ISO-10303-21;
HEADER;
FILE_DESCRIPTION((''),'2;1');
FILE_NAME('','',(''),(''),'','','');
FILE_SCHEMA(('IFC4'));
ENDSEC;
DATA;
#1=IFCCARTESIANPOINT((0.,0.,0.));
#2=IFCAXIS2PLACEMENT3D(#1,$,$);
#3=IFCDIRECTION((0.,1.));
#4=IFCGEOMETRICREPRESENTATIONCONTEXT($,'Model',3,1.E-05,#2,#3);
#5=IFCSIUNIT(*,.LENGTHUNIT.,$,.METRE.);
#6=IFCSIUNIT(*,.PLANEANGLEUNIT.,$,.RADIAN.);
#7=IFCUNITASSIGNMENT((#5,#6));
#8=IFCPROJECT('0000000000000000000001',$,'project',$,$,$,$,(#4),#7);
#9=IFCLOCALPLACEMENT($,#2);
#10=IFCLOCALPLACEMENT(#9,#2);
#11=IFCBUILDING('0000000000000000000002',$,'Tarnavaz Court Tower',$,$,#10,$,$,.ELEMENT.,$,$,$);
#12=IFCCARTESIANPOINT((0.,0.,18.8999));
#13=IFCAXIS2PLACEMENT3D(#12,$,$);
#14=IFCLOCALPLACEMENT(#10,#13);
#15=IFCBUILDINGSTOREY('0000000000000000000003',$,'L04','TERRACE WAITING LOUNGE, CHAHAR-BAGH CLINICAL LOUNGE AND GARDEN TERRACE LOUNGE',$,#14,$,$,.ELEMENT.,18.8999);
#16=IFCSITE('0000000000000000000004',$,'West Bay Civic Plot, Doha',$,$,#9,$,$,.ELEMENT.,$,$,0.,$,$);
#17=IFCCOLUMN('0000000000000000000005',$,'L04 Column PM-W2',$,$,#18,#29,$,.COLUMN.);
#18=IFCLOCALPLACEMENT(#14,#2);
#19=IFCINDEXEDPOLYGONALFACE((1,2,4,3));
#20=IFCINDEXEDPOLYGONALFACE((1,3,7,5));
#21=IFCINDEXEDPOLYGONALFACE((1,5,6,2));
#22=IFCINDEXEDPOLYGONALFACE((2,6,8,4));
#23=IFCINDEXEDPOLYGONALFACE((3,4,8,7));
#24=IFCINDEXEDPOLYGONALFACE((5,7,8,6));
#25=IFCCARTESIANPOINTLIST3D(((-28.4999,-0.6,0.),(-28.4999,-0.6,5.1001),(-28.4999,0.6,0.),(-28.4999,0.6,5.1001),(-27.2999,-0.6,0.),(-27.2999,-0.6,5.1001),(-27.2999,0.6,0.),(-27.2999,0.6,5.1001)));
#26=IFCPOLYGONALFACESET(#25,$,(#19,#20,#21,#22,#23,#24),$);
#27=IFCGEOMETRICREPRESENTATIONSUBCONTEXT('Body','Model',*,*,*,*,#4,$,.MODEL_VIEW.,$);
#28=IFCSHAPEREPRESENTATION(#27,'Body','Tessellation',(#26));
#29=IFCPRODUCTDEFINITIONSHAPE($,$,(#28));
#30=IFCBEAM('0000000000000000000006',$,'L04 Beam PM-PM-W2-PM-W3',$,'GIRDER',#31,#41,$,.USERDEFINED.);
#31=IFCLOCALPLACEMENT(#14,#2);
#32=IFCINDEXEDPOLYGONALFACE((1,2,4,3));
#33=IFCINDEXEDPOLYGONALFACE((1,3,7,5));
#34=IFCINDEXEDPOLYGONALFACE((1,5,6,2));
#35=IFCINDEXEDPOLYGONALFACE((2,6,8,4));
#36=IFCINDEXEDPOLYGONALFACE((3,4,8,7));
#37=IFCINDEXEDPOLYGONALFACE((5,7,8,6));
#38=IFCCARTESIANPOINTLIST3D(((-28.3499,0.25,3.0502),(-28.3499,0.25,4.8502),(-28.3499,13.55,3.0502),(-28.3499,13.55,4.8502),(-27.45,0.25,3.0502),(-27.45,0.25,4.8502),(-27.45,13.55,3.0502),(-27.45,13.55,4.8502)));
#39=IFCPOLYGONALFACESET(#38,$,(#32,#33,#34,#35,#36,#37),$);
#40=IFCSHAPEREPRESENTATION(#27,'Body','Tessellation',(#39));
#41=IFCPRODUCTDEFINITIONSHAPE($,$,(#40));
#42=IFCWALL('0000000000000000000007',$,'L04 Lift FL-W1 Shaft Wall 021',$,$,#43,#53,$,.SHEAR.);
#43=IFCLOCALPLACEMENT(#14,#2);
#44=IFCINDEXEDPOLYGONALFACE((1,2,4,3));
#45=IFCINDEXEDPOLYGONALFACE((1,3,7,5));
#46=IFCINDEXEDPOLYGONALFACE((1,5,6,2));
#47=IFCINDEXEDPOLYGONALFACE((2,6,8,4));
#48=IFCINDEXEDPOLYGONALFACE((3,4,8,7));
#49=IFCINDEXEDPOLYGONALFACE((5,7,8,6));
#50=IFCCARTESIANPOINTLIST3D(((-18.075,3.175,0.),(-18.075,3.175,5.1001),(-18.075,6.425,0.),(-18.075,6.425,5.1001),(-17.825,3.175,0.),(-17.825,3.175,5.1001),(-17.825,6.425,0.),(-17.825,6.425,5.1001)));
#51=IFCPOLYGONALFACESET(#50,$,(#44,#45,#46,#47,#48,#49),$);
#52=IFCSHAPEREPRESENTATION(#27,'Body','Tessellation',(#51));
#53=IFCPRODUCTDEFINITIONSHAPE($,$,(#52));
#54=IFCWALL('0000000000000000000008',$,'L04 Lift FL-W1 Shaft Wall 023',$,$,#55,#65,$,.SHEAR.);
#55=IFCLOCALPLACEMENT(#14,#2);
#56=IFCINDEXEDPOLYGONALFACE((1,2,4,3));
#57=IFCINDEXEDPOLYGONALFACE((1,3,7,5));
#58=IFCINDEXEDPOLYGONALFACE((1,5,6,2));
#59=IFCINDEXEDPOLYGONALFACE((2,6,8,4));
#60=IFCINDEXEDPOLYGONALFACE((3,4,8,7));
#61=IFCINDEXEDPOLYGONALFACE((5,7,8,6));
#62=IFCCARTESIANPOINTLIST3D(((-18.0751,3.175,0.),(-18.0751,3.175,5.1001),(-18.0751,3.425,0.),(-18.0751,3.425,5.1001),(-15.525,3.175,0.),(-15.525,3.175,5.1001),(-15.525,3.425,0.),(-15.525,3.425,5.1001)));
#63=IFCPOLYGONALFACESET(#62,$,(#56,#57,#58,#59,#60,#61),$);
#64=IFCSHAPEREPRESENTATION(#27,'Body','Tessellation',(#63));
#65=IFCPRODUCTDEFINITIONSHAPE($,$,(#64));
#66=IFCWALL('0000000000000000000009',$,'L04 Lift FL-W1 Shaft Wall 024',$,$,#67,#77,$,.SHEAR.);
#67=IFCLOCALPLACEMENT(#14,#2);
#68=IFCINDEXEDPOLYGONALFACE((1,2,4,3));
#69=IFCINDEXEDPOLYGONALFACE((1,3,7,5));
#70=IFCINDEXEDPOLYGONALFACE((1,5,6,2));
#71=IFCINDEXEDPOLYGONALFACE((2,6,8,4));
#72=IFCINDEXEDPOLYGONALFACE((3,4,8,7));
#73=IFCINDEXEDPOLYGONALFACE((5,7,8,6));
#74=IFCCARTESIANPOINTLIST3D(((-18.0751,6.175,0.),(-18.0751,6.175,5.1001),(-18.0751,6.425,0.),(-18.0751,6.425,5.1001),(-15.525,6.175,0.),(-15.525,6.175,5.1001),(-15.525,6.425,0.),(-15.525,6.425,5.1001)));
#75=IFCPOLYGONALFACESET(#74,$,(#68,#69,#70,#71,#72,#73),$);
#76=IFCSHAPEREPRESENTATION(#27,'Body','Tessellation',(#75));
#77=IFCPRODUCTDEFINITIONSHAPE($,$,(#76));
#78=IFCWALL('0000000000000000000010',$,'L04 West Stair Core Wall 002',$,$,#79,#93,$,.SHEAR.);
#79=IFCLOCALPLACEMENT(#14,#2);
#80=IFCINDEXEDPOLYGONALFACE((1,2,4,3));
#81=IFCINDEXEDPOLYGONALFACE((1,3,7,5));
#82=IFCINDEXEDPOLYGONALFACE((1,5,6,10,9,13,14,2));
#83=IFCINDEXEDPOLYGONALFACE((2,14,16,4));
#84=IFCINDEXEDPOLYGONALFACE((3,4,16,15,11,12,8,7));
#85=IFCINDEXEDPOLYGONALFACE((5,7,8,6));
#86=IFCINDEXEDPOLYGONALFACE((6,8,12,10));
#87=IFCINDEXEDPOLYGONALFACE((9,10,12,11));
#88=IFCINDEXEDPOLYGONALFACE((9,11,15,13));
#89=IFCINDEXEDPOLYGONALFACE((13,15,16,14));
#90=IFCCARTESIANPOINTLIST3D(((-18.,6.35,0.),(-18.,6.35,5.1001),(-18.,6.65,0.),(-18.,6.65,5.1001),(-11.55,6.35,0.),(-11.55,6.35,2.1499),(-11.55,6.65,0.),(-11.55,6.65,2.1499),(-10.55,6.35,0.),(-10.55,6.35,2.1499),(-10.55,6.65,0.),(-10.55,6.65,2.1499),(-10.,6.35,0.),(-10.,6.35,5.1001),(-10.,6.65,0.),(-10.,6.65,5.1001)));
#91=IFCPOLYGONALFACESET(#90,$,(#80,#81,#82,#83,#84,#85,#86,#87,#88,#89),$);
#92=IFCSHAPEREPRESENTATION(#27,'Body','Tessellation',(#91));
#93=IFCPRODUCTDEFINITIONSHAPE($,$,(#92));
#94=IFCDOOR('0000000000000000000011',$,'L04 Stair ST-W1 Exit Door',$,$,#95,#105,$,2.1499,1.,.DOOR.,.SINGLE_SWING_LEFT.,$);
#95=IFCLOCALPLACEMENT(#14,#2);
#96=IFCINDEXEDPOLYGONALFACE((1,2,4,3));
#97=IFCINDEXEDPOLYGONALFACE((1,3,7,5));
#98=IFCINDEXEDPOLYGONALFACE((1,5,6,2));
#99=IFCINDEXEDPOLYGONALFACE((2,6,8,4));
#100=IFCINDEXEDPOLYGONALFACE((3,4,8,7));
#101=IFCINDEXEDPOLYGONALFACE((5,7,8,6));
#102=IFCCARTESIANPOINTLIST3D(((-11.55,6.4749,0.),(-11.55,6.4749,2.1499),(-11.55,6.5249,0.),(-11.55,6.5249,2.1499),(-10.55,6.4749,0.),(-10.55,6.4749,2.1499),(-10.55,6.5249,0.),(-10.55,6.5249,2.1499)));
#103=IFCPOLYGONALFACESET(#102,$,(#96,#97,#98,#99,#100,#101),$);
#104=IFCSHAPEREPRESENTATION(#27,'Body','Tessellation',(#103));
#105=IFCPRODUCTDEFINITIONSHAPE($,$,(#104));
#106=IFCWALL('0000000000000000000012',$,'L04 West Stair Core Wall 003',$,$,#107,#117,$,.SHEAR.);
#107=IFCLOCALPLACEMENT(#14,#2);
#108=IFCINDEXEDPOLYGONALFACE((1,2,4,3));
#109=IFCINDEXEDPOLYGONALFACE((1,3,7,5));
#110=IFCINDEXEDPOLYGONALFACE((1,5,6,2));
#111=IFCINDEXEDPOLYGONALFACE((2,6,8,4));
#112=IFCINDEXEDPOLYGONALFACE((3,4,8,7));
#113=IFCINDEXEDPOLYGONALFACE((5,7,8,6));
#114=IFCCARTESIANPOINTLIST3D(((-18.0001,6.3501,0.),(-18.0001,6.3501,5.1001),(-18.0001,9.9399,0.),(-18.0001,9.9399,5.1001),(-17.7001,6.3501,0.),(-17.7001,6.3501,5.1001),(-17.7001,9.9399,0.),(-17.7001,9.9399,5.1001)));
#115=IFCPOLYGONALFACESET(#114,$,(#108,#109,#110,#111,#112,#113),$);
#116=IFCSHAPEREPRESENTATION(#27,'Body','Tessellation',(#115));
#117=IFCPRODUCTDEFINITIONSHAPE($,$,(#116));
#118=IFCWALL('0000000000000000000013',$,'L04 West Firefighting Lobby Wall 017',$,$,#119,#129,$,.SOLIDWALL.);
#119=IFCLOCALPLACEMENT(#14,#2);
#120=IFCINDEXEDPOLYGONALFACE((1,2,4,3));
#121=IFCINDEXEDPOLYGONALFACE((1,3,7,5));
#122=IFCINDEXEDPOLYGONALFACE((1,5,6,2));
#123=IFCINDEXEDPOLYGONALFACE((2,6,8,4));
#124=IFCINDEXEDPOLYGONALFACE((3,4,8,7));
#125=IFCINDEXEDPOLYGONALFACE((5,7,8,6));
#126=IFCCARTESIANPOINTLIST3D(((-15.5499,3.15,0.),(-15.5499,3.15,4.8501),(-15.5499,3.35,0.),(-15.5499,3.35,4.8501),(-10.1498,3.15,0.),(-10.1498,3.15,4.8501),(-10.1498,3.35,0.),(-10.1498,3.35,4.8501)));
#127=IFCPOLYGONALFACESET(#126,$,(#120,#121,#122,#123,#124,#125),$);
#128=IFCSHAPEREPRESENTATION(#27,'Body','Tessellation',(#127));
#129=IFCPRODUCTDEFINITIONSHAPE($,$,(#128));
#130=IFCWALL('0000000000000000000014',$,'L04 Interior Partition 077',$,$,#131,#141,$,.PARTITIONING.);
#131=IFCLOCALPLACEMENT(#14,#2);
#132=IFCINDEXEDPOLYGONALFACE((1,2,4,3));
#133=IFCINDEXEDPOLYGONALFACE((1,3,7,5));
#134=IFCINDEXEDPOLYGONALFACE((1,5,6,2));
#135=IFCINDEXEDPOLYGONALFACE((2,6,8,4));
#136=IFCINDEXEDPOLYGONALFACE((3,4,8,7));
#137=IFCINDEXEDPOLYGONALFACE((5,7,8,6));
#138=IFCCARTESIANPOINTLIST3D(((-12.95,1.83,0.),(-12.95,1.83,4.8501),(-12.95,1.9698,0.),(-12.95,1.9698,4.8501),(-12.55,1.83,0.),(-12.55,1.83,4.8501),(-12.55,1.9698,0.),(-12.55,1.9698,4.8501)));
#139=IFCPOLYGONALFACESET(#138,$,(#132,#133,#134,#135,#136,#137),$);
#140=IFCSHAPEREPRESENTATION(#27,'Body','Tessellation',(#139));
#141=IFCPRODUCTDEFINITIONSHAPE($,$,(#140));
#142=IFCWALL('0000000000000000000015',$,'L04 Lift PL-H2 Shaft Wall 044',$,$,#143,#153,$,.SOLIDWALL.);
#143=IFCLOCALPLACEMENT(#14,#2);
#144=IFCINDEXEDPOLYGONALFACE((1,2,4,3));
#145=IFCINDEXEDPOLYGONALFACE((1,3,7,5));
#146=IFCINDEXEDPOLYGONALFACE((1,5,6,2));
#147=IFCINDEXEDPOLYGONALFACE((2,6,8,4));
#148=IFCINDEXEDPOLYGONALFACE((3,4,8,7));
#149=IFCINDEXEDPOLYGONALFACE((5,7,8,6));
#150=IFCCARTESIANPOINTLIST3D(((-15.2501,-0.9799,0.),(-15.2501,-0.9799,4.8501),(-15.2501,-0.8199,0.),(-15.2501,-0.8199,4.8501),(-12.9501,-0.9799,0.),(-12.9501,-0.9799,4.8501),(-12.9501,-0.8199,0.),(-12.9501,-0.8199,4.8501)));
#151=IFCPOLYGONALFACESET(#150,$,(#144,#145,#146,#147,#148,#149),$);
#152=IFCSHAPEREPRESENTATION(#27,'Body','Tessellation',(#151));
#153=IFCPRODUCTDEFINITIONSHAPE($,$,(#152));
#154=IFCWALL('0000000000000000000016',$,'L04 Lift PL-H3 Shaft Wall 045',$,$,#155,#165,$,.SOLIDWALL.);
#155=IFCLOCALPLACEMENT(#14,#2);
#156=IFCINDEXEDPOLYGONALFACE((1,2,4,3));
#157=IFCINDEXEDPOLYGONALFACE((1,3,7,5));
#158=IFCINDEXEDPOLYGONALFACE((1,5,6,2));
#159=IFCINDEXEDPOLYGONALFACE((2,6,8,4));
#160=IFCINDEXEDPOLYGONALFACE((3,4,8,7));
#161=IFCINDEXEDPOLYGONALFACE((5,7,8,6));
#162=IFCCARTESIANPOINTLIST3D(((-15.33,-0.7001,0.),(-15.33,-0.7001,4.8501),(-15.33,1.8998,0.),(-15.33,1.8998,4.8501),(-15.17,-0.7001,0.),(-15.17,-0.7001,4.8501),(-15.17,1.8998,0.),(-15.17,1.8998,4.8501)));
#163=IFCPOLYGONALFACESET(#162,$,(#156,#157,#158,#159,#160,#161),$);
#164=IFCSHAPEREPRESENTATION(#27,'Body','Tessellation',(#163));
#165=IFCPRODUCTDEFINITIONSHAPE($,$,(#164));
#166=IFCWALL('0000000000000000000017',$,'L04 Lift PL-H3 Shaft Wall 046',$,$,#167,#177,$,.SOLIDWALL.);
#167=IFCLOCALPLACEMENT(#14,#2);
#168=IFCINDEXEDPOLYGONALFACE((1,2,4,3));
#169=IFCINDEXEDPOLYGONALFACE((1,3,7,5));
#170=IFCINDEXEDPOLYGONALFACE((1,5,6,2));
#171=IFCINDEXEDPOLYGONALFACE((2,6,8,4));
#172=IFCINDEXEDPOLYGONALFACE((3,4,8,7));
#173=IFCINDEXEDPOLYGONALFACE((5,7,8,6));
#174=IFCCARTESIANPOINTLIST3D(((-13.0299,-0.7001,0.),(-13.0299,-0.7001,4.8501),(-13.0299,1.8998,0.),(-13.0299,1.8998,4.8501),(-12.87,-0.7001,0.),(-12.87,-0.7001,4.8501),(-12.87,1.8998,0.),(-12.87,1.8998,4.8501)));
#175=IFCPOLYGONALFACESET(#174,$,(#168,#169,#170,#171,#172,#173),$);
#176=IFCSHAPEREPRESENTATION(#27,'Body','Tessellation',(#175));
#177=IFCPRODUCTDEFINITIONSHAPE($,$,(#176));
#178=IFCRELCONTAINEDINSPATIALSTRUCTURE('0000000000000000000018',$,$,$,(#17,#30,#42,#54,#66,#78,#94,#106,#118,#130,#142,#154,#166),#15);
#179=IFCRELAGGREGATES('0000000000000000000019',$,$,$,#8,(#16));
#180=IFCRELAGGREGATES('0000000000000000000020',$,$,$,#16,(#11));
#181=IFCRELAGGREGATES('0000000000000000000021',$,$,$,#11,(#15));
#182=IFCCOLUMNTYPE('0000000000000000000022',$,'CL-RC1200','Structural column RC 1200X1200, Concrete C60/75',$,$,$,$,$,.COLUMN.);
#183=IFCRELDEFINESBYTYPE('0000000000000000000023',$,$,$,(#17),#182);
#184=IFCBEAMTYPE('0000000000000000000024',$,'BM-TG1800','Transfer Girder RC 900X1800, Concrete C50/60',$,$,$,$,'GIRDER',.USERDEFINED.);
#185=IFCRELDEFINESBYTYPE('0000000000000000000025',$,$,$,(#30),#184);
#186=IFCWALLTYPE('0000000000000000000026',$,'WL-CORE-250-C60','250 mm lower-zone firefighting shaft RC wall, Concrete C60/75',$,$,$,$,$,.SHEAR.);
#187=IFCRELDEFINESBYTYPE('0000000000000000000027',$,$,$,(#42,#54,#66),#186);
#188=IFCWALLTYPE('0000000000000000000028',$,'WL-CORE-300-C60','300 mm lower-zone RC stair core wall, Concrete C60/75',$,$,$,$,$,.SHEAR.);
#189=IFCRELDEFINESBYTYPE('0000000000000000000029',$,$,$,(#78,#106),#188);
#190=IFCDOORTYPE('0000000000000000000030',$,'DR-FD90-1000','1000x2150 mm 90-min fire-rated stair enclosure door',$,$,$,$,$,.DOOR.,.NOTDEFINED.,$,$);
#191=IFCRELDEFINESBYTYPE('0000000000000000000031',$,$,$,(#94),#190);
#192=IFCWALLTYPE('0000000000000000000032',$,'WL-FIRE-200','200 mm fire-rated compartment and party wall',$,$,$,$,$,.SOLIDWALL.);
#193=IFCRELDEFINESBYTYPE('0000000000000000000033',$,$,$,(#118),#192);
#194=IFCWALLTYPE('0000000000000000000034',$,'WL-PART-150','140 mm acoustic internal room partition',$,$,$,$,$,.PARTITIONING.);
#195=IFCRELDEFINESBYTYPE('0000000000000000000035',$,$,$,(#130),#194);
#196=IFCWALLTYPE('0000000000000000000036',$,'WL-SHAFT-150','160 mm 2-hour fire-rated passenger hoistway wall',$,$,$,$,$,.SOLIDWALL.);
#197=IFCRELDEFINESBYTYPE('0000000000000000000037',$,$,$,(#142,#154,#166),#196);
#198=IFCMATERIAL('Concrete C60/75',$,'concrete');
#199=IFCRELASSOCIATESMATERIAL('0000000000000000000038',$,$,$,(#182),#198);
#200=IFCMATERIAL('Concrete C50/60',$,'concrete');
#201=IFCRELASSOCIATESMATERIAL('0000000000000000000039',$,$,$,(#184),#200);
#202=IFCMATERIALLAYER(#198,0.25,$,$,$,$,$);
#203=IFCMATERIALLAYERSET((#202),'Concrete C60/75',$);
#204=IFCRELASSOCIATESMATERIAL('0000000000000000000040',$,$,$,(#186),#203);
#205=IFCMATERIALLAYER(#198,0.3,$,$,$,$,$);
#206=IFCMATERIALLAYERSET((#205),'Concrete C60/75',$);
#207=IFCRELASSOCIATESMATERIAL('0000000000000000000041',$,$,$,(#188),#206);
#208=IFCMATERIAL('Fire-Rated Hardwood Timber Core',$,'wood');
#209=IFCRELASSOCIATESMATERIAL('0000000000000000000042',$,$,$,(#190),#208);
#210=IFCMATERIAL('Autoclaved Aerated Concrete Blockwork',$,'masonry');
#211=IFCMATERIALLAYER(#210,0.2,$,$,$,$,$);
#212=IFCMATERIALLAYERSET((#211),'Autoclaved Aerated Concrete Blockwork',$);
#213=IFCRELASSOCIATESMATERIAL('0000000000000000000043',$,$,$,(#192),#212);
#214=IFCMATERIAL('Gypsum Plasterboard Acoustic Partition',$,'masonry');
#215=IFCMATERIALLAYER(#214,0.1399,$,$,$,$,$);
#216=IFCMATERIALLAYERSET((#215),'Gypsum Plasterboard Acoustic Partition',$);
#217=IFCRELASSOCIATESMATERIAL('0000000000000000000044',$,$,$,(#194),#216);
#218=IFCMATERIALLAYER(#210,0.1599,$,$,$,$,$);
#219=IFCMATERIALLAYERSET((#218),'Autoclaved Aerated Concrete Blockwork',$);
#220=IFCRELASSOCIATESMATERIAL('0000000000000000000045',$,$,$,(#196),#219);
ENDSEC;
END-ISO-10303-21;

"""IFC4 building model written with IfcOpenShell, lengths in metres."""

from ifc_helpers import new_model, si_unit, direction, frame, frame_2d, origin, origin_2d, place, context, subcontext, project, spatial, rectangle, extrude, material, layer, layer_set, material_profile, profile_set, type_object, element, fill, save


model = new_model("IFC4")

# Units and contexts
model_context = context("Model", 3, precision=1e-05, world=origin(), true_north=direction((0.0, 1.0)))
body_context = subcontext(model_context, "Body", "Model", "MODEL_VIEW")
ifc_project = project(units=[si_unit("LENGTHUNIT", "METRE"), si_unit("PLANEANGLEUNIT", "RADIAN")], contexts=[model_context])

# Site, building, storey
site_placement = place(None, origin())
site = spatial("IfcSite", under=ifc_project, at=site_placement, Name="West Bay Civic Plot, Doha", CompositionType="ELEMENT", RefElevation=0.0)
building_placement = place(site_placement, origin())
building = spatial("IfcBuilding", under=site, at=building_placement, Name="Tarnavaz Court Tower", CompositionType="ELEMENT")
storey_placement = place(building_placement, frame((0.0, 0.0, 18.8999)))
storey = spatial("IfcBuildingStorey", under=building, at=storey_placement, Name="L04", Description="TERRACE WAITING LOUNGE, CHAHAR-BAGH CLINICAL LOUNGE AND GARDEN TERRACE LOUNGE", CompositionType="ELEMENT", Elevation=18.8999)

# Column
ifc_material_1 = material(Name="Concrete C60/75", Category="concrete")
ifc_material_profile_1 = material_profile(ifc_material_1, rectangle(XDim=1.2, YDim=1.2, at=origin_2d()), Name="RC 1200X1200")
ifc_profile_set_1 = profile_set([ifc_material_profile_1], Name="Concrete C60/75")
column_type = type_object("IfcColumnType", Name="CL-RC1200", Description="Structural column RC 1200X1200, Concrete C60/75", PredefinedType="COLUMN", material=ifc_profile_set_1)
column_placement = place(storey_placement, frame((-27.8999, 0.0, 0.0), z_axis=(0.0, 0.0, 1.0), x_axis=(1.0, 0.0, 0.0)))
element("IfcColumn", 1, at=column_placement, inside=storey, type_object=column_type, Name="L04 Column PM-W2", PredefinedType="COLUMN", context=body_context, shape_type="SweptSolid", body=[
    extrude(rectangle(XDim=1.2, YDim=1.2, at=origin_2d()), origin(), (0.0, 0.0, 1.0), 5.1001),
])

# Beam
ifc_material_2 = material(Name="Concrete C50/60", Category="concrete")
ifc_material_profile_2 = material_profile(ifc_material_2, rectangle(XDim=0.8999, YDim=1.8, at=origin_2d()), Name="RC 900X1800")
ifc_profile_set_2 = profile_set([ifc_material_profile_2], Name="Concrete C50/60")
beam_type = type_object("IfcBeamType", Name="BM-TG1800", Description="Transfer Girder RC 900X1800, Concrete C50/60", ElementType="GIRDER", PredefinedType="USERDEFINED", material=ifc_profile_set_2)
beam_placement = place(storey_placement, frame((-27.8999, 0.25, 3.9502), z_axis=(0.0, 1.0, 0.0), x_axis=(-1.0, 0.0, 0.0)))
element("IfcBeam", 2, at=beam_placement, inside=storey, type_object=beam_type, Name="L04 Beam PM-PM-W2-PM-W3", ObjectType="GIRDER", PredefinedType="USERDEFINED", context=body_context, shape_type="SweptSolid", body=[
    extrude(rectangle(XDim=0.8999, YDim=1.8, at=origin_2d()), origin(), (0.0, 0.0, 1.0), 13.3),
])

# Wall
ifc_layer_1 = layer(ifc_material_1, 0.25)
ifc_layer_set_1 = layer_set([ifc_layer_1], Name="Concrete C60/75")
wall_type_1 = type_object("IfcWallType", Name="WL-CORE-250-C60", Description="250 mm lower-zone firefighting shaft RC wall, Concrete C60/75", PredefinedType="SHEAR", material=ifc_layer_set_1)
wall_1_placement = place(storey_placement, frame((-17.95, 3.175, 0.0), z_axis=(0.0, 0.0, 1.0), x_axis=(0.0, 1.0, 0.0)))
element("IfcWall", 3, at=wall_1_placement, inside=storey, type_object=wall_type_1, Name="L04 Lift FL-W1 Shaft Wall 021", PredefinedType="SHEAR", context=body_context, shape_type="SweptSolid", body=[
    extrude(rectangle(XDim=3.25, YDim=0.25, at=frame_2d((1.625, 0.0))), origin(), (0.0, 0.0, 1.0), 5.1001),
])

# Walls
for number, where, z_axis, x_axis, name in (
    (4, (-18.075, 3.3, 0.0), (0.0, 0.0, 1.0), (1.0, 0.0, 0.0), "L04 Lift FL-W1 Shaft Wall 023"),
    (5, (-18.075, 6.3, 0.0), (0.0, 0.0, 1.0), (1.0, 0.0, 0.0), "L04 Lift FL-W1 Shaft Wall 024"),
):
    element("IfcWall", number, at=place(storey_placement, frame(where, z_axis=z_axis, x_axis=x_axis)), inside=storey, type_object=wall_type_1, Name=name, PredefinedType="SHEAR", context=body_context, shape_type="SweptSolid", body=[
        extrude(rectangle(XDim=2.55, YDim=0.25, at=frame_2d((1.2749, 0.0))), origin(), (0.0, 0.0, 1.0), 5.1001),
    ])

# Wall, opening, door
ifc_layer_2 = layer(ifc_material_1, 0.3)
ifc_layer_set_2 = layer_set([ifc_layer_2], Name="Concrete C60/75")
wall_type_2 = type_object("IfcWallType", Name="WL-CORE-300-C60", Description="300 mm lower-zone RC stair core wall, Concrete C60/75", PredefinedType="SHEAR", material=ifc_layer_set_2)
wall_2_placement = place(storey_placement, frame((-18.0, 6.5, 0.0), z_axis=(0.0, 0.0, 1.0), x_axis=(1.0, 0.0, 0.0)))
wall_2 = element("IfcWall", 6, at=wall_2_placement, inside=storey, type_object=wall_type_2, Name="L04 West Stair Core Wall 002", PredefinedType="SHEAR", context=body_context, shape_type="SweptSolid", body=[
    extrude(rectangle(XDim=8.0, YDim=0.3, at=frame_2d((4.0, 0.0))), origin(), (0.0, 0.0, 1.0), 5.1001),
])
opening_1_placement = place(wall_2_placement, frame((6.45, 0.0, 0.0)))
opening_1 = element("IfcOpeningElement", 7, at=opening_1_placement, cuts=wall_2, PredefinedType="OPENING", context=body_context, shape_type="SweptSolid", body=[
    extrude(rectangle(XDim=1.0, YDim=2.1499, at=frame_2d((0.5, 1.075))), frame((0.0, 0.1599, 0.0), z_axis=(0.0, -1.0, 0.0), x_axis=(1.0, 0.0, 0.0)), (0.0, 0.0, 1.0), 0.3201),
])
ifc_material_3 = material(Name="Fire-Rated Hardwood Timber Core", Category="wood")
door_type_1 = type_object("IfcDoorType", Name="DR-FD90-1000", Description="1000x2150 mm 90-min fire-rated stair enclosure door", OperationType="NOTDEFINED", PredefinedType="DOOR", material=ifc_material_3)
door_1_placement = place(opening_1_placement, origin())
door_1 = element("IfcDoor", 8, at=door_1_placement, inside=storey, type_object=door_type_1, Name="L04 Stair ST-W1 Exit Door", OperationType="SINGLE_SWING_LEFT", OverallHeight=2.1499, OverallWidth=1.0, PredefinedType="DOOR", context=body_context, shape_type="SweptSolid", body=[
    extrude(rectangle(XDim=1.0, YDim=2.1499, at=frame_2d((0.5, 1.075))), frame((0.0, 0.0249, 0.0), z_axis=(0.0, -1.0, 0.0), x_axis=(1.0, 0.0, 0.0)), (0.0, 0.0, 1.0), 0.05),
])
fill(opening_1, door_1)

# Walls
wall_3_placement = place(storey_placement, frame((-17.8501, 6.3501, 0.0), z_axis=(0.0, 0.0, 1.0), x_axis=(0.0, 1.0, 0.0)))
element("IfcWall", 9, at=wall_3_placement, inside=storey, type_object=wall_type_2, Name="L04 West Stair Core Wall 003", PredefinedType="SHEAR", context=body_context, shape_type="SweptSolid", body=[
    extrude(rectangle(XDim=3.5898, YDim=0.3, at=frame_2d((1.7949, 0.0))), origin(), (0.0, 0.0, 1.0), 5.1001),
])
ifc_material_4 = material(Name="Autoclaved Aerated Concrete Blockwork", Category="masonry")
ifc_layer_3 = layer(ifc_material_4, 0.2)
ifc_layer_set_3 = layer_set([ifc_layer_3], Name="Autoclaved Aerated Concrete Blockwork")
wall_type_3 = type_object("IfcWallType", Name="WL-FIRE-200", Description="200 mm fire-rated compartment and party wall", PredefinedType="SOLIDWALL", material=ifc_layer_set_3)
wall_4_placement = place(storey_placement, frame((-15.55, 3.25, 0.0), z_axis=(0.0, 0.0, 1.0), x_axis=(1.0, 0.0, 0.0)))
element("IfcWall", 10, at=wall_4_placement, inside=storey, type_object=wall_type_3, Name="L04 West Firefighting Lobby Wall 017", PredefinedType="SOLIDWALL", context=body_context, shape_type="SweptSolid", body=[
    extrude(rectangle(XDim=5.4001, YDim=0.2, at=frame_2d((2.7002, 0.0))), origin(), (0.0, 0.0, 1.0), 4.8501),
])
ifc_material_5 = material(Name="Gypsum Plasterboard Acoustic Partition", Category="masonry")
ifc_layer_4 = layer(ifc_material_5, 0.1399)
ifc_layer_set_4 = layer_set([ifc_layer_4], Name="Gypsum Plasterboard Acoustic Partition")
wall_type_4 = type_object("IfcWallType", Name="WL-PART-150", Description="140 mm acoustic internal room partition", PredefinedType="PARTITIONING", material=ifc_layer_set_4)
wall_5_placement = place(storey_placement, frame((-12.95, 1.8999, 0.0), z_axis=(0.0, 0.0, 1.0), x_axis=(1.0, 0.0, 0.0)))
element("IfcWall", 11, at=wall_5_placement, inside=storey, type_object=wall_type_4, Name="L04 Interior Partition 077", PredefinedType="PARTITIONING", context=body_context, shape_type="SweptSolid", body=[
    extrude(rectangle(XDim=0.3999, YDim=0.1399, at=frame_2d((0.2, 0.0))), origin(), (0.0, 0.0, 1.0), 4.8501),
])
ifc_layer_5 = layer(ifc_material_4, 0.1599)
ifc_layer_set_5 = layer_set([ifc_layer_5], Name="Autoclaved Aerated Concrete Blockwork")
wall_type_5 = type_object("IfcWallType", Name="WL-SHAFT-150", Description="160 mm 2-hour fire-rated passenger hoistway wall", PredefinedType="SOLIDWALL", material=ifc_layer_set_5)
wall_6_placement = place(storey_placement, frame((-15.25, -0.8999, 0.0), z_axis=(0.0, 0.0, 1.0), x_axis=(1.0, 0.0, 0.0)))
element("IfcWall", 12, at=wall_6_placement, inside=storey, type_object=wall_type_5, Name="L04 Lift PL-H2 Shaft Wall 044", PredefinedType="SOLIDWALL", context=body_context, shape_type="SweptSolid", body=[
    extrude(rectangle(XDim=2.3, YDim=0.1599, at=frame_2d((1.1499, 0.0))), origin(), (0.0, 0.0, 1.0), 4.8501),
])
for number, where, z_axis, x_axis, name in (
    (13, (-15.25, -0.7, 0.0), (0.0, 0.0, 1.0), (0.0, 1.0, 0.0), "L04 Lift PL-H3 Shaft Wall 045"),
    (14, (-12.95, -0.7, 0.0), (0.0, 0.0, 1.0), (0.0, 1.0, 0.0), "L04 Lift PL-H3 Shaft Wall 046"),
):
    element("IfcWall", number, at=place(storey_placement, frame(where, z_axis=z_axis, x_axis=x_axis)), inside=storey, type_object=wall_type_5, Name=name, PredefinedType="SOLIDWALL", context=body_context, shape_type="SweptSolid", body=[
        extrude(rectangle(XDim=2.5999, YDim=0.1599, at=frame_2d((1.2998, 0.0))), origin(), (0.0, 0.0, 1.0), 4.8501),
    ])

save(model, "model.ifc")
